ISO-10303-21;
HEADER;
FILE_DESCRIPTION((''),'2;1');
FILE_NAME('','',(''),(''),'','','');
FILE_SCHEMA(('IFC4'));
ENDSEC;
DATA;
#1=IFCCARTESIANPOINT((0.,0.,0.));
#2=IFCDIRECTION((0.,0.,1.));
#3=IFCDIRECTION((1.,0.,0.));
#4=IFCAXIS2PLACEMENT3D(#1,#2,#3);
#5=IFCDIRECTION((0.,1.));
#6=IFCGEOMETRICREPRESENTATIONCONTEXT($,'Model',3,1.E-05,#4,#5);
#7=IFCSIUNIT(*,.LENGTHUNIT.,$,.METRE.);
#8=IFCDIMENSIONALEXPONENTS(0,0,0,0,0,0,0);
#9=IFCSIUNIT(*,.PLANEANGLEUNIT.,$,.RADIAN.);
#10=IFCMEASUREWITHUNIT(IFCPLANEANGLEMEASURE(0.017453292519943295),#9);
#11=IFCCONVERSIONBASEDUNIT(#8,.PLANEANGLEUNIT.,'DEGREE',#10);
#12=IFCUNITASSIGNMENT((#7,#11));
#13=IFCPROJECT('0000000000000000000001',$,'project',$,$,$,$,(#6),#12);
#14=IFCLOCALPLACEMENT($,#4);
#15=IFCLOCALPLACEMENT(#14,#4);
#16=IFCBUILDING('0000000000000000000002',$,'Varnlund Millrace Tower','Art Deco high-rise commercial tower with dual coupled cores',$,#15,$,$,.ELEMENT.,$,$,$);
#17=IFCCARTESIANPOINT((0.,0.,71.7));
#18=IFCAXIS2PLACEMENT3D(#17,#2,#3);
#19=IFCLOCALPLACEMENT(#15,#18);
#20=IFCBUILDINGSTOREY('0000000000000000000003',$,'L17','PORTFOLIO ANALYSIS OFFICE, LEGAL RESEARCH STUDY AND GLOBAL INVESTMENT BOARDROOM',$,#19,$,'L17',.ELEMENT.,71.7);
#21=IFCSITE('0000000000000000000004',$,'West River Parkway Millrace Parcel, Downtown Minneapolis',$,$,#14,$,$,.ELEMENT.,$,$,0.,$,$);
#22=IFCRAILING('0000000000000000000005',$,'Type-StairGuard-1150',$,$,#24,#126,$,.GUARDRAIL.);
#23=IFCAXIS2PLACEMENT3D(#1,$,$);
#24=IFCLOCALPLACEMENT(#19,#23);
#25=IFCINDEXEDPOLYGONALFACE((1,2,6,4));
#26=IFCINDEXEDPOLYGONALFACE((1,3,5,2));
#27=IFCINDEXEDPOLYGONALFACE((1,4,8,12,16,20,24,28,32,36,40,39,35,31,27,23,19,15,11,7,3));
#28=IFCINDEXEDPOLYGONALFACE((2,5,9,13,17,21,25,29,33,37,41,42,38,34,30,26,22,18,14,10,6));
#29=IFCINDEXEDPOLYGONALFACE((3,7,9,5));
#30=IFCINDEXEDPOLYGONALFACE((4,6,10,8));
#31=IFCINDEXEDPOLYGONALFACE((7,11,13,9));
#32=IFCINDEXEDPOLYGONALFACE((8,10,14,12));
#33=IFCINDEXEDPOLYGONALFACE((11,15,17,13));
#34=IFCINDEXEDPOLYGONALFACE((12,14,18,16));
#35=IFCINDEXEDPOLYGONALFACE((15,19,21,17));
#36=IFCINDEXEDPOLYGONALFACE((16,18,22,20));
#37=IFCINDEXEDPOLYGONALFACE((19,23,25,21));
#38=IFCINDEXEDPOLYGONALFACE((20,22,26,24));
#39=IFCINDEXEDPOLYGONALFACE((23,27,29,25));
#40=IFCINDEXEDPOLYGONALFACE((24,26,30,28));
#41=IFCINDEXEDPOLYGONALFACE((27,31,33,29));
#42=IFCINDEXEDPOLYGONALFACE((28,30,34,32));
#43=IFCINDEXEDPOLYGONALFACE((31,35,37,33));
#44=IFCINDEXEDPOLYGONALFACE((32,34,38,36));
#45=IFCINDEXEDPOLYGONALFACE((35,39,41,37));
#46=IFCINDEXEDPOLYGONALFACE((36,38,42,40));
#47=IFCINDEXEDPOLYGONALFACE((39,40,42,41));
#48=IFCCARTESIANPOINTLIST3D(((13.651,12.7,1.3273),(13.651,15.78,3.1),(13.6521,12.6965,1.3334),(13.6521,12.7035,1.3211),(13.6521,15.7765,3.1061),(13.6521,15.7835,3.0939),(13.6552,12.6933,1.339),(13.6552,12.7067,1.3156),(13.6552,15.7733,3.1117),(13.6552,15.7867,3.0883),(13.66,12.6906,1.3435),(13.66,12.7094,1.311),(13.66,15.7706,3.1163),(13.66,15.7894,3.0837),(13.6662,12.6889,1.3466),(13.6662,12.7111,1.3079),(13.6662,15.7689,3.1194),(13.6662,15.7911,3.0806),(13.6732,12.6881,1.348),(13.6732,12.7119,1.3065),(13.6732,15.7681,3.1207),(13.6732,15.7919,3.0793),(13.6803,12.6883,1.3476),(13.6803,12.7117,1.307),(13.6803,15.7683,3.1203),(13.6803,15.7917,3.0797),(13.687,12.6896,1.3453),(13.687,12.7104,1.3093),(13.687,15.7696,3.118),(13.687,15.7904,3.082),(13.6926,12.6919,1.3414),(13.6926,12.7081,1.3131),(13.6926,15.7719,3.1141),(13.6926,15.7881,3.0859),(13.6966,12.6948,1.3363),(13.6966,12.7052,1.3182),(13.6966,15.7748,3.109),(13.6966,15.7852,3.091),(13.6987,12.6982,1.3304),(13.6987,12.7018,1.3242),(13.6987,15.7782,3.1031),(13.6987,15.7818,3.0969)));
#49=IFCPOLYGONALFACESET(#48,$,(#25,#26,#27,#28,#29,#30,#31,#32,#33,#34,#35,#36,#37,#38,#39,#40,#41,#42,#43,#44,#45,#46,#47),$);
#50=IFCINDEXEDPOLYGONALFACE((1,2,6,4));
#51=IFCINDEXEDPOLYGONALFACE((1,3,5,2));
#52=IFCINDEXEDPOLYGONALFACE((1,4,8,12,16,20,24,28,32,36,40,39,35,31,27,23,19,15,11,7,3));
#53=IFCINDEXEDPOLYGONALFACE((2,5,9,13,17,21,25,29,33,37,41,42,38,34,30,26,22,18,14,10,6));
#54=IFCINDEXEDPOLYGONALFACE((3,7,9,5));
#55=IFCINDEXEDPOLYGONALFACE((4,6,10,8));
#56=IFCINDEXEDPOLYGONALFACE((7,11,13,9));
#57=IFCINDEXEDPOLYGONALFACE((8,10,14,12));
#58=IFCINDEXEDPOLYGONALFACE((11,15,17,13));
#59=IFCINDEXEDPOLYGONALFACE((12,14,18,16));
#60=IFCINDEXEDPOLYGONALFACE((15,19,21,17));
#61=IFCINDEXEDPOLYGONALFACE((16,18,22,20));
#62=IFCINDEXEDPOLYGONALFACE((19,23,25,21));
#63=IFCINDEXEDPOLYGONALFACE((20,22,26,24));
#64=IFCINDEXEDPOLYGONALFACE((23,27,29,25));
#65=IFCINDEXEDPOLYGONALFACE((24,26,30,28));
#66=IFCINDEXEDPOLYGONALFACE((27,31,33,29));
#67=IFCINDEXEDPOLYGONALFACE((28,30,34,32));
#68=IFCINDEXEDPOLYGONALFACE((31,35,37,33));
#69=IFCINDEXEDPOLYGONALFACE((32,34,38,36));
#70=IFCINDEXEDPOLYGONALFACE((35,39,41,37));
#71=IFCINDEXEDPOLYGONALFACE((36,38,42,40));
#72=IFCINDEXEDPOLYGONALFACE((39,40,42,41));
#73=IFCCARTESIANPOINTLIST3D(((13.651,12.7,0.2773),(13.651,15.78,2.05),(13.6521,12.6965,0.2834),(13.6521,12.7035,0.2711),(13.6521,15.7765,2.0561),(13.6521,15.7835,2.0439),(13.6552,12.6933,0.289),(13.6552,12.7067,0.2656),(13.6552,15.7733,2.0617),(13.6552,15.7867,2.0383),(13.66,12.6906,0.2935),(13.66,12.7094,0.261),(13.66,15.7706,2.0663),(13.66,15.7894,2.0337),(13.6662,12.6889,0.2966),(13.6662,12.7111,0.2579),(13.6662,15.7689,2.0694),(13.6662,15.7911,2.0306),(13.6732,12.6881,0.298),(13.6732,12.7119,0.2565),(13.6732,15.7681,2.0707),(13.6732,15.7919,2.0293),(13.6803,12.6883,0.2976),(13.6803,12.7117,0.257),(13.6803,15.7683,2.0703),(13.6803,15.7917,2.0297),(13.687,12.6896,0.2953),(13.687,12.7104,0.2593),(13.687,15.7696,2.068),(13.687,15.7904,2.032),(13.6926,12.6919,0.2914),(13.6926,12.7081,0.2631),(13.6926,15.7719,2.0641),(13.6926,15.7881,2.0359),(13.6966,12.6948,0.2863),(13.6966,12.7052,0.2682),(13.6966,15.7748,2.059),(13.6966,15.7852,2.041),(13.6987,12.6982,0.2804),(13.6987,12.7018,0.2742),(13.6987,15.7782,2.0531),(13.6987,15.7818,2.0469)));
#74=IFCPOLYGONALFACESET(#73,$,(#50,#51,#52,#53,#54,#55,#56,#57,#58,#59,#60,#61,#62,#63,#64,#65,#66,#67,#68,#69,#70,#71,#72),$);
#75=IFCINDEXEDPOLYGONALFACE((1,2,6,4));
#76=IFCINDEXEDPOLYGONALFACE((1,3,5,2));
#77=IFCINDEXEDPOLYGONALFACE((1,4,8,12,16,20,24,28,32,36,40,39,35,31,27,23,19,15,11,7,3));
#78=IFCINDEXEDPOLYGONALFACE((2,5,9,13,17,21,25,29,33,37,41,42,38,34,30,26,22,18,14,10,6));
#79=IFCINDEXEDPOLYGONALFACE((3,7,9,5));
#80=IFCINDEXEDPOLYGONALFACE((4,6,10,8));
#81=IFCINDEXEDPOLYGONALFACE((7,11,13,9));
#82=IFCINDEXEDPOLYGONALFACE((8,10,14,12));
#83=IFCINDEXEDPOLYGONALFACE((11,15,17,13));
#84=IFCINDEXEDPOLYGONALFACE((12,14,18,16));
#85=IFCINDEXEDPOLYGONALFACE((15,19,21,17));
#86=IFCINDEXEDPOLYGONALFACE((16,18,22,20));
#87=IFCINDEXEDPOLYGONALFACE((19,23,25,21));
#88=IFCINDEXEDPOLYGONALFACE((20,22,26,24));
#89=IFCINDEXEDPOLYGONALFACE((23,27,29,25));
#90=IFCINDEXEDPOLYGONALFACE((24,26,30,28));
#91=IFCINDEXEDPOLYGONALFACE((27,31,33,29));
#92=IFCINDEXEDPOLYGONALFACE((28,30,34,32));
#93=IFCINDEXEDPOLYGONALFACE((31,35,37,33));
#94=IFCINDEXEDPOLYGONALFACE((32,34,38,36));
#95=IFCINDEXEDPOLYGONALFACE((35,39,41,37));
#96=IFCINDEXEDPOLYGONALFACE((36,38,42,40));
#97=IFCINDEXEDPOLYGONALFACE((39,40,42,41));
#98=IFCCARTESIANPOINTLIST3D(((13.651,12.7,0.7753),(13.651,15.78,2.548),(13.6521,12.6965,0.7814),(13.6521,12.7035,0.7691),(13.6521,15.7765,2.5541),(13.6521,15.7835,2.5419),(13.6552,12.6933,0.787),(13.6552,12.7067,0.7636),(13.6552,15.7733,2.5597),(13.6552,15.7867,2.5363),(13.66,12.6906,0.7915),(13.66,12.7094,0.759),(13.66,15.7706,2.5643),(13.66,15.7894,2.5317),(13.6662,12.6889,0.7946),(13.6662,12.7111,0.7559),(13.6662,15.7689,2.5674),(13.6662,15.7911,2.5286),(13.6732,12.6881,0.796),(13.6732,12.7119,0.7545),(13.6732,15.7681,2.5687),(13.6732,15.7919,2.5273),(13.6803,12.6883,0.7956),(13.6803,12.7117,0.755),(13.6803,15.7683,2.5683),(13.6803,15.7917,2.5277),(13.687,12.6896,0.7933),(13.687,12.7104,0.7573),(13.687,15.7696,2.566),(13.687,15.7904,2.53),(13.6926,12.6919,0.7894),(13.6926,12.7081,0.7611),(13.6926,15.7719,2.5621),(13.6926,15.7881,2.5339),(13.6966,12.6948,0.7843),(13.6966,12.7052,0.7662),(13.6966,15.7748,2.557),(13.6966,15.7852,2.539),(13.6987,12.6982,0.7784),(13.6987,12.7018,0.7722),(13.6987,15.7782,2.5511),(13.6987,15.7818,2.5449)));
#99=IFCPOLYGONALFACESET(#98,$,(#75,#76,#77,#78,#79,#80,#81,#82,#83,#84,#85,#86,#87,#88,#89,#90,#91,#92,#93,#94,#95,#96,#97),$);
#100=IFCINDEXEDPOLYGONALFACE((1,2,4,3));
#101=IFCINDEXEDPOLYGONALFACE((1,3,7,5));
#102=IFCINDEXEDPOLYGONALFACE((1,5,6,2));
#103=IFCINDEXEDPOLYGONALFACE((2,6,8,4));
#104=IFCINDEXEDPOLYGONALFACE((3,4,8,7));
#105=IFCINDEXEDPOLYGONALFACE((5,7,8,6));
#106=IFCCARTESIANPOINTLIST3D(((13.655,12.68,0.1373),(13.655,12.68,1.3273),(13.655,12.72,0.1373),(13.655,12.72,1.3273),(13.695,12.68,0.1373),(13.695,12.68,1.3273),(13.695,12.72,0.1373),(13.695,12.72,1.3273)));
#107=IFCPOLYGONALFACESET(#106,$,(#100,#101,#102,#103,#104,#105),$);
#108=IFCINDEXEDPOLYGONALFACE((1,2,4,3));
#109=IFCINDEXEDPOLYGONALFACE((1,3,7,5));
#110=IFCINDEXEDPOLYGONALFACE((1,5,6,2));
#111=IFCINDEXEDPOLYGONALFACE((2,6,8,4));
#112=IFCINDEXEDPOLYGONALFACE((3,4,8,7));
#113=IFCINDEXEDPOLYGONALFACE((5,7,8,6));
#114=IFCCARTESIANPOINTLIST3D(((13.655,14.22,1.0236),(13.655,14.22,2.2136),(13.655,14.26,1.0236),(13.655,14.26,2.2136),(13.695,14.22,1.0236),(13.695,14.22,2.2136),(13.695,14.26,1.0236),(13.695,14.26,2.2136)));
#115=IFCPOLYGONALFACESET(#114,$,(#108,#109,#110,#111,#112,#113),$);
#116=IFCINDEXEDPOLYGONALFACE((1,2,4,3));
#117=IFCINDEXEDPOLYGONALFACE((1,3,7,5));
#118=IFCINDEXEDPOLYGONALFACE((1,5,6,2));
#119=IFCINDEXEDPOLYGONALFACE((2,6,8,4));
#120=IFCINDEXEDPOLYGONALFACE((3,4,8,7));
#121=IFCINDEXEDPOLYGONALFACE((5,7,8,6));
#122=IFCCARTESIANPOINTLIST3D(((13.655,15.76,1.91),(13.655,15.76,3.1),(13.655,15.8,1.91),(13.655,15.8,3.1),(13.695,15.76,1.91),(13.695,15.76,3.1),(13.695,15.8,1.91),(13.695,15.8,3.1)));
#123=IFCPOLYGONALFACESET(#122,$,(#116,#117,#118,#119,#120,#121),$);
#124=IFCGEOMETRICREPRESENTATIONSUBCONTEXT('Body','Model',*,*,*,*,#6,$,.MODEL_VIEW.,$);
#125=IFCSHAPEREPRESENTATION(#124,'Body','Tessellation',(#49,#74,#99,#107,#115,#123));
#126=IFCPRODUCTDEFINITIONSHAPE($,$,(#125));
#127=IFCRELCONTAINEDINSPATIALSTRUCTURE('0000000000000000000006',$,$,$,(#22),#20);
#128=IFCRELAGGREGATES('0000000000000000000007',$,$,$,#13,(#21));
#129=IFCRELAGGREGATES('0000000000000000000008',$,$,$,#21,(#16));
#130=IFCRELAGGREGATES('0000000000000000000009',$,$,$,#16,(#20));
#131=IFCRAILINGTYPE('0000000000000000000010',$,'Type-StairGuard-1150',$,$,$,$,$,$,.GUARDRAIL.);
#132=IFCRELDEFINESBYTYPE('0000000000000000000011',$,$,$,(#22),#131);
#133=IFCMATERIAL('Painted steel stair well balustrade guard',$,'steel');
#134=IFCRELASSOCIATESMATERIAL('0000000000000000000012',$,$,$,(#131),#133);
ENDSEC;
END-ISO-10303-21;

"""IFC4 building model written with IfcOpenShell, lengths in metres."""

from ifc_helpers import new_model, entity, si_unit, converted_unit, direction, frame, origin_with_axes, origin_2d_with_axis, place, context, subcontext, project, spatial, rectangle, circle, extrude, material, type_object, element, save


model = new_model("IFC4")

# Units and contexts
model_context = context("Model", 3, precision=1e-05, world=origin_with_axes(), true_north=direction((0.0, 1.0)))
body_context = subcontext(model_context, "Body", "Model", "MODEL_VIEW")
ifc_project = project(units=[si_unit("LENGTHUNIT", "METRE"), converted_unit("PLANEANGLEUNIT", "DEGREE", entity("IfcPlaneAngleMeasure", 0.017453292519943295), si_unit("PLANEANGLEUNIT", "RADIAN"), dimensions=[0, 0, 0, 0, 0, 0, 0])], contexts=[model_context])

# Site, building, storey
site_placement = place(None, origin_with_axes())
site = spatial("IfcSite", under=ifc_project, at=site_placement, Name="West River Parkway Millrace Parcel, Downtown Minneapolis", CompositionType="ELEMENT", RefElevation=0.0)
building_placement = place(site_placement, origin_with_axes())
building = spatial("IfcBuilding", under=site, at=building_placement, Name="Varnlund Millrace Tower", Description="Art Deco high-rise commercial tower with dual coupled cores", CompositionType="ELEMENT")
storey_placement = place(building_placement, frame((0.0, 0.0, 71.7), z_axis=(0.0, 0.0, 1.0), x_axis=(1.0, 0.0, 0.0)))
storey = spatial("IfcBuildingStorey", under=building, at=storey_placement, Name="L17", Description="PORTFOLIO ANALYSIS OFFICE, LEGAL RESEARCH STUDY AND GLOBAL INVESTMENT BOARDROOM", LongName="L17", CompositionType="ELEMENT", Elevation=71.7)

# Railing
ifc_material_1 = material(Name="Painted steel stair well balustrade guard", Category="steel")
railing_type_1 = type_object("IfcRailingType", Name="Type-StairGuard-1150", PredefinedType="GUARDRAIL", material=ifc_material_1)
railing_1_placement = place(storey_placement, frame((0.0, 0.0, -71.7), z_axis=(0.0, 0.0, 1.0), x_axis=(1.0, 0.0, 0.0)))
element("IfcRailing", 1, at=railing_1_placement, inside=storey, type_object=railing_type_1, Name="Type-StairGuard-1150", PredefinedType="GUARDRAIL", context=body_context, shape_type="SweptSolid", body=[
    extrude(circle(Radius=0.024, at=origin_2d_with_axis()), frame((13.675, 12.7, 73.0273), z_axis=(0.0, 0.866696, 0.498836), x_axis=(-1.0, 0.0, 0.0)), (0.0, 0.0, 1.0), 3.5537),
    extrude(circle(Radius=0.024, at=origin_2d_with_axis()), frame((13.675, 12.7, 71.9773), z_axis=(0.0, 0.866696, 0.498836), x_axis=(-1.0, 0.0, 0.0)), (0.0, 0.0, 1.0), 3.5537),
    extrude(circle(Radius=0.024, at=origin_2d_with_axis()), frame((13.675, 12.7, 72.4753), z_axis=(0.0, 0.866696, 0.498836), x_axis=(-1.0, 0.0, 0.0)), (0.0, 0.0, 1.0), 3.5537),
    extrude(rectangle(XDim=0.04, YDim=0.04, at=origin_2d_with_axis()), frame((13.675, 12.7, 71.8373), z_axis=(0.0, 0.0, 1.0), x_axis=(1.0, 0.0, 0.0)), (0.0, 0.0, 1.0), 1.19),
    extrude(rectangle(XDim=0.04, YDim=0.04, at=origin_2d_with_axis()), frame((13.675, 14.24, 72.7236), z_axis=(0.0, 0.0, 1.0), x_axis=(1.0, 0.0, 0.0)), (0.0, 0.0, 1.0), 1.19),
    extrude(rectangle(XDim=0.04, YDim=0.04, at=origin_2d_with_axis()), frame((13.675, 15.78, 73.61), z_axis=(0.0, 0.0, 1.0), x_axis=(1.0, 0.0, 0.0)), (0.0, 0.0, 1.0), 1.19),
])

save(model, "model.ifc")
